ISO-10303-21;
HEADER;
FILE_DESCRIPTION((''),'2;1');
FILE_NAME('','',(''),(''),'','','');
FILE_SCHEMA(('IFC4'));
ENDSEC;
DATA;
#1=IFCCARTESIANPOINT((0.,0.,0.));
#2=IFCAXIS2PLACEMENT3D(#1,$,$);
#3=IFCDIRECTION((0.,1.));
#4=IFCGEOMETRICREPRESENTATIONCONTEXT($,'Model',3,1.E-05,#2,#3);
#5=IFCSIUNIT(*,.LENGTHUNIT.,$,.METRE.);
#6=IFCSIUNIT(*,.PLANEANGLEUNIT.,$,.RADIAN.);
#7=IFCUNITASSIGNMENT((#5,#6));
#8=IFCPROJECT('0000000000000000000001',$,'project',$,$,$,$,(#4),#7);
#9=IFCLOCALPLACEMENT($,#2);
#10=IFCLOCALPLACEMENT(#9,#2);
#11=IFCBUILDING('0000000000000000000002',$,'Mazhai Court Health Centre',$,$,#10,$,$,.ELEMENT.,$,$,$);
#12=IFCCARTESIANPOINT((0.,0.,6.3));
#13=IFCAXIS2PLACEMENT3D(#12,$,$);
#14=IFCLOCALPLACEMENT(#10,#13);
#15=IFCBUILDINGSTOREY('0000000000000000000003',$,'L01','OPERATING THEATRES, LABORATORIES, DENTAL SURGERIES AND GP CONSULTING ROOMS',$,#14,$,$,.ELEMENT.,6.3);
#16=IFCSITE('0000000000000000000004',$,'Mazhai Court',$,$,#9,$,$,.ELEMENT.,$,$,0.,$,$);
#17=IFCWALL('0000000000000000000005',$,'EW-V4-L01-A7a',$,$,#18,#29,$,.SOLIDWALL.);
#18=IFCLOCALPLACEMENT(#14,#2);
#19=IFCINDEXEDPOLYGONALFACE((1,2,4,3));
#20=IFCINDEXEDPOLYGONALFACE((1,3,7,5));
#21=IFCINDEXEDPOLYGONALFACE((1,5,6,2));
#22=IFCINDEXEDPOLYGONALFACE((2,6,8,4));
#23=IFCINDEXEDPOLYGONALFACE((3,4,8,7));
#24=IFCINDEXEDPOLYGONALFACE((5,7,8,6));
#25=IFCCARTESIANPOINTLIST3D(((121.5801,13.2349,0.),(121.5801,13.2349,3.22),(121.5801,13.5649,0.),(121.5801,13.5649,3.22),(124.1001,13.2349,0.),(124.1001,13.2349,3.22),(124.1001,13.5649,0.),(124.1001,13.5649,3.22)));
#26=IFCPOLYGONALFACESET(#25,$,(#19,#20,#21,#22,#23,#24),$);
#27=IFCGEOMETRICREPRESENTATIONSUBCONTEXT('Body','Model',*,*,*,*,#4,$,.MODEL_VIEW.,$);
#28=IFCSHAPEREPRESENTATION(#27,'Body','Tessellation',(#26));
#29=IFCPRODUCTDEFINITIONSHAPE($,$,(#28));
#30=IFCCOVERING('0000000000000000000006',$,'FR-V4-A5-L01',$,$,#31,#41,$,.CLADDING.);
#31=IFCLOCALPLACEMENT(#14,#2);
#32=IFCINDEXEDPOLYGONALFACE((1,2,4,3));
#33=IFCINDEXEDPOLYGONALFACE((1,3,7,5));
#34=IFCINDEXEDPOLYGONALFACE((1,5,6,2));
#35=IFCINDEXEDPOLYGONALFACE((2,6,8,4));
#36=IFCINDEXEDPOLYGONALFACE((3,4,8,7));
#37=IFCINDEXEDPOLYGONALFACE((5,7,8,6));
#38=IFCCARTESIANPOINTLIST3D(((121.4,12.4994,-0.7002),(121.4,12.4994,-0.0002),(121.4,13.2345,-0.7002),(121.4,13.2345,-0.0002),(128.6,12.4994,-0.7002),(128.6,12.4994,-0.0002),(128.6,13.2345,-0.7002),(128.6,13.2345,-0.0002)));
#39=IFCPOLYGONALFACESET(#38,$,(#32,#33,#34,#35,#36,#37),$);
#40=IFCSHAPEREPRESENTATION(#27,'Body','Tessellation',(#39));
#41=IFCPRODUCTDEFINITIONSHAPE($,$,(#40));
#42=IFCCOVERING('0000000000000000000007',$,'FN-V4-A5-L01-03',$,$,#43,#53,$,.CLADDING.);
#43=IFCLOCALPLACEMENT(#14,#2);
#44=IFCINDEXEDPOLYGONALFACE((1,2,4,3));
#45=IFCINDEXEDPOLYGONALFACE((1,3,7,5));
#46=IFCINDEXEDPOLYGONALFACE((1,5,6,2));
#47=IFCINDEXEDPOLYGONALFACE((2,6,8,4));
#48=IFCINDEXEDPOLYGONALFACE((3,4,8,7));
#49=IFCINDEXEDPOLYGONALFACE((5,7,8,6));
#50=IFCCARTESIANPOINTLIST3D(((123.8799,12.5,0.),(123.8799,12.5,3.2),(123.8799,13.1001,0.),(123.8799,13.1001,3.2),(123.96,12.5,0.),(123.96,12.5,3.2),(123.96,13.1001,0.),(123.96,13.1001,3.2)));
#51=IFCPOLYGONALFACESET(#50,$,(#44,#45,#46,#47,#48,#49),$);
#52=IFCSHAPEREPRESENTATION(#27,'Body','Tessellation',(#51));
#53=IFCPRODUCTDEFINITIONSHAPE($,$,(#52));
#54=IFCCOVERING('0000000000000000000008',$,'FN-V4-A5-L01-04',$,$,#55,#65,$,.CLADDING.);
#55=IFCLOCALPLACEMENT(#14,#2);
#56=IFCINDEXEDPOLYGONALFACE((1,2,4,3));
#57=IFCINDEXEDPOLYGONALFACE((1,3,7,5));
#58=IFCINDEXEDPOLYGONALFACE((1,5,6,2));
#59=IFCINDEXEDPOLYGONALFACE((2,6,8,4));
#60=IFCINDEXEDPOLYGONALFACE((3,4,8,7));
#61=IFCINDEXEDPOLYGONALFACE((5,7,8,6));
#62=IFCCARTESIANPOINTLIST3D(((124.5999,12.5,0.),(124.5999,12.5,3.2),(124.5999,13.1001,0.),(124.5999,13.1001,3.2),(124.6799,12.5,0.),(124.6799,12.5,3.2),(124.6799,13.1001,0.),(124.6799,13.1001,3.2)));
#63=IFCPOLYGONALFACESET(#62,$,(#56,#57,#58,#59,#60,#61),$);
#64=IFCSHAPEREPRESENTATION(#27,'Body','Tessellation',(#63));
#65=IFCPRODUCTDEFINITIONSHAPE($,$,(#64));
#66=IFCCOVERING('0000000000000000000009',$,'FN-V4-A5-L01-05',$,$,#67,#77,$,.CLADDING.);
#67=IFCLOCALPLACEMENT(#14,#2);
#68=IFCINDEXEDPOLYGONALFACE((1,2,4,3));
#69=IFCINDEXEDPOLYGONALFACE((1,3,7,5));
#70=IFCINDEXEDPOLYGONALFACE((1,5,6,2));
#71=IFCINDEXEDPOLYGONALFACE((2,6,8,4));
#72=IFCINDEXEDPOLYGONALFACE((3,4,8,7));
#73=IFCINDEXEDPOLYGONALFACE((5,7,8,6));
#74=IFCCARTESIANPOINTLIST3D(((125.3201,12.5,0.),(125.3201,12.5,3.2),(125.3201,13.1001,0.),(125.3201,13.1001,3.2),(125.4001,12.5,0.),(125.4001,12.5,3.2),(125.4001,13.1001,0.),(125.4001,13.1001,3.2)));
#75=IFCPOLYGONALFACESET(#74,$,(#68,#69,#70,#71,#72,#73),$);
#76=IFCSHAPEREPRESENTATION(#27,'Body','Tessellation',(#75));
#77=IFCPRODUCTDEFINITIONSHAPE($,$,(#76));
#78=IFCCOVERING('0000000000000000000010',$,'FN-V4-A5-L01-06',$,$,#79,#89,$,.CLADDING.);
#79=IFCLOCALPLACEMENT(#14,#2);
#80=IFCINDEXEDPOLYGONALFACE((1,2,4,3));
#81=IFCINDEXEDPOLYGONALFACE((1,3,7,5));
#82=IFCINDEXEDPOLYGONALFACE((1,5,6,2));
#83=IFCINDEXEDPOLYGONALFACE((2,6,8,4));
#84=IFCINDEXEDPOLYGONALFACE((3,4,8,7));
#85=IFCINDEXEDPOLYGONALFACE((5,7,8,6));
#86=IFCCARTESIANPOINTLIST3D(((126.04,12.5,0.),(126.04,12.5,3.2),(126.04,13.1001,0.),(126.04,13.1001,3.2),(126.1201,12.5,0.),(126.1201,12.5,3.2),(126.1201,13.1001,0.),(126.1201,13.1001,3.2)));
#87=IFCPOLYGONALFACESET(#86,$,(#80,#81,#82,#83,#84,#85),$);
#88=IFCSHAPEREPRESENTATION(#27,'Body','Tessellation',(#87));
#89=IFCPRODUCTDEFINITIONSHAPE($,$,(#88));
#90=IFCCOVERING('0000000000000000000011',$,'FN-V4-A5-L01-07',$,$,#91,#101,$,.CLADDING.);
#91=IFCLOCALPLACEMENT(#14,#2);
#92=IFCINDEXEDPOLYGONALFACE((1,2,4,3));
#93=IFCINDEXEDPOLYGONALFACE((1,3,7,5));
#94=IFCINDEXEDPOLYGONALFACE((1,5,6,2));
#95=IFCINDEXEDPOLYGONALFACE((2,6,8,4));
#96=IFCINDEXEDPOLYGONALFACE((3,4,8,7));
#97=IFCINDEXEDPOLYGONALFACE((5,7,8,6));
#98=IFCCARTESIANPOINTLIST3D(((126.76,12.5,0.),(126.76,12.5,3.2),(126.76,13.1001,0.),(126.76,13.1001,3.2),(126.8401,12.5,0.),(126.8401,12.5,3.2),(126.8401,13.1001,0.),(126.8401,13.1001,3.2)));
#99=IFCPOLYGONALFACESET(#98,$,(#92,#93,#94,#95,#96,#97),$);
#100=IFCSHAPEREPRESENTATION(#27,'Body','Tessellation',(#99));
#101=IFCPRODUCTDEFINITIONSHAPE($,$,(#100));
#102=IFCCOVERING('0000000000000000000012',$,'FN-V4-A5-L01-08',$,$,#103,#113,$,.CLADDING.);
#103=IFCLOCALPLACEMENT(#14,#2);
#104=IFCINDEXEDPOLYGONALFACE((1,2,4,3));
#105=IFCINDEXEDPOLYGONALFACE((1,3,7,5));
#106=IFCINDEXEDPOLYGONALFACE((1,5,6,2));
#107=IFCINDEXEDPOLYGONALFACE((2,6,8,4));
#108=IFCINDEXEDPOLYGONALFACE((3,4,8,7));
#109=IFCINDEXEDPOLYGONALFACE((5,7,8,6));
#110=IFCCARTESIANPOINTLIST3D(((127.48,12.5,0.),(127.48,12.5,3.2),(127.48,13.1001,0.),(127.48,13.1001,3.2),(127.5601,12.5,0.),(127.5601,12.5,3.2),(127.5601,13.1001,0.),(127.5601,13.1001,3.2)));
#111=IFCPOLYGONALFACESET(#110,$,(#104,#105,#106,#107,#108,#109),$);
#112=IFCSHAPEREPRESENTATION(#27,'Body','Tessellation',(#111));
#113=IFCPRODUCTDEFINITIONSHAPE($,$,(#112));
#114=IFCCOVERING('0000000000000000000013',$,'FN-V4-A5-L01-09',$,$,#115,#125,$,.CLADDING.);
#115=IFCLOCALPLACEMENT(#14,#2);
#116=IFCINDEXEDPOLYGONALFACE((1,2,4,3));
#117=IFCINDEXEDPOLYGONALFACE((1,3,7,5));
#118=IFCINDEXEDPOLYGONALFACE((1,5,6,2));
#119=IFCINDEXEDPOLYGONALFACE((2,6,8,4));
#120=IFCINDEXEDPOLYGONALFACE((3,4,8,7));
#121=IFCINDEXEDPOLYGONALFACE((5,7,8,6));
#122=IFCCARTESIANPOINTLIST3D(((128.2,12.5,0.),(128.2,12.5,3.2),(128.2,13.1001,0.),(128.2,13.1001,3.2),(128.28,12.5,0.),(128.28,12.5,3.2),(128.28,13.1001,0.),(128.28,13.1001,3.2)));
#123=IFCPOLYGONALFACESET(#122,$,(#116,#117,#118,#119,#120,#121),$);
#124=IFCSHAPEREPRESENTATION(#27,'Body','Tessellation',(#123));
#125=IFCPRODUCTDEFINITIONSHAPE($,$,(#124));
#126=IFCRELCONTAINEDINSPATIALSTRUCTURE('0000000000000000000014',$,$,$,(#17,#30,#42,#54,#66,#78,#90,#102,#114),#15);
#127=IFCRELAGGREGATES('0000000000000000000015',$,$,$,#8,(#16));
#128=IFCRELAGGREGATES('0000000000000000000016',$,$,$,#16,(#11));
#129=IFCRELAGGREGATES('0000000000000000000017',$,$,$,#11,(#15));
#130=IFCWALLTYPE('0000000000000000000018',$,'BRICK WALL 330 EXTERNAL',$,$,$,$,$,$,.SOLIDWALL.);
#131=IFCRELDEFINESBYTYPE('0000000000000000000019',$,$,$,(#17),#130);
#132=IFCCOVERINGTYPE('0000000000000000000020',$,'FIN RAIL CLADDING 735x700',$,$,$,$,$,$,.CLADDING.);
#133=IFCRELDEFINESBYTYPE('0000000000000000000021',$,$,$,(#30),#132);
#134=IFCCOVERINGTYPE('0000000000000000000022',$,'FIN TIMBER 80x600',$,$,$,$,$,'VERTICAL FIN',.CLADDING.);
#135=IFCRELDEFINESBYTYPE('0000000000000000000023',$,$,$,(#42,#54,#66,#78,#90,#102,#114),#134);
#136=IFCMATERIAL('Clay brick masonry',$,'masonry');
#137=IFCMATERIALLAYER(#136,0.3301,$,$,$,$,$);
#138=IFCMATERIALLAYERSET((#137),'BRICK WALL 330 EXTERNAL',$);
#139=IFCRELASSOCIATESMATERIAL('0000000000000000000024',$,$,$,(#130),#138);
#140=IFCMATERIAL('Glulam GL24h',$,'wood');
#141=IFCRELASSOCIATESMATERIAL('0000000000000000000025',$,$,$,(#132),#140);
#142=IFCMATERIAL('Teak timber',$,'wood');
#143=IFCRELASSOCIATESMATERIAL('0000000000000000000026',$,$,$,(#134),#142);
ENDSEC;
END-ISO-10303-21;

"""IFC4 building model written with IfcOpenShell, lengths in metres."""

from ifc_helpers import new_model, si_unit, direction, frame, frame_2d, origin, origin_2d, place, context, subcontext, project, spatial, rectangle, extrude, material, layer, layer_set, type_object, element, save


model = new_model("IFC4")

# Units and contexts
model_context = context("Model", 3, precision=1e-05, world=origin(), true_north=direction((0.0, 1.0)))
body_context = subcontext(model_context, "Body", "Model", "MODEL_VIEW")
ifc_project = project(units=[si_unit("LENGTHUNIT", "METRE"), si_unit("PLANEANGLEUNIT", "RADIAN")], contexts=[model_context])

# Site, building, storey
site_placement = place(None, origin())
site = spatial("IfcSite", under=ifc_project, at=site_placement, Name="Mazhai Court", CompositionType="ELEMENT", RefElevation=0.0)
building_placement = place(site_placement, origin())
building = spatial("IfcBuilding", under=site, at=building_placement, Name="Mazhai Court Health Centre", CompositionType="ELEMENT")
storey_placement = place(building_placement, frame((0.0, 0.0, 6.3)))
storey = spatial("IfcBuildingStorey", under=building, at=storey_placement, Name="L01", Description="OPERATING THEATRES, LABORATORIES, DENTAL SURGERIES AND GP CONSULTING ROOMS", CompositionType="ELEMENT", Elevation=6.3)

# Wall
ifc_material_1 = material(Name="Clay brick masonry", Category="masonry")
ifc_layer_1 = layer(ifc_material_1, 0.3301)
ifc_layer_set_1 = layer_set([ifc_layer_1], Name="BRICK WALL 330 EXTERNAL")
wall_type = type_object("IfcWallType", Name="BRICK WALL 330 EXTERNAL", PredefinedType="SOLIDWALL", material=ifc_layer_set_1)
wall_placement = place(storey_placement, frame((124.1001, 13.3999, 0.0), z_axis=(0.0, 0.0, 1.0), x_axis=(-1.0, 0.0, 0.0)))
element("IfcWall", 1, at=wall_placement, inside=storey, type_object=wall_type, Name="EW-V4-L01-A7a", PredefinedType="SOLIDWALL", context=body_context, shape_type="SweptSolid", body=[
    extrude(rectangle(XDim=2.52, YDim=0.3301, at=frame_2d((1.26, 0.0))), origin(), (0.0, 0.0, 1.0), 3.22),
])

# Coverings
ifc_material_2 = material(Name="Glulam GL24h", Category="wood")
covering_type_1 = type_object("IfcCoveringType", Name="FIN RAIL CLADDING 735x700", PredefinedType="CLADDING", material=ifc_material_2)
covering_placement = place(storey_placement, frame((125.0, 12.8669, -0.7002), z_axis=(0.0, 0.0, 1.0), x_axis=(1.0, 0.0, 0.0)))
element("IfcCovering", 2, at=covering_placement, inside=storey, type_object=covering_type_1, Name="FR-V4-A5-L01", PredefinedType="CLADDING", context=body_context, shape_type="SweptSolid", body=[
    extrude(rectangle(XDim=7.2, YDim=0.7351, at=origin_2d()), origin(), (0.0, 0.0, 1.0), 0.7),
])
ifc_material_3 = material(Name="Teak timber", Category="wood")
covering_type_2 = type_object("IfcCoveringType", Name="FIN TIMBER 80x600", ElementType="VERTICAL FIN", PredefinedType="CLADDING", material=ifc_material_3)
for number, where, z_axis, x_axis, name in (
    (3, (123.9199, 12.8, 0.0), (0.0, 0.0, 1.0), (1.0, 0.0, 0.0), "FN-V4-A5-L01-03"),
    (4, (124.6399, 12.8, 0.0), (0.0, 0.0, 1.0), (1.0, 0.0, 0.0), "FN-V4-A5-L01-04"),
    (5, (125.3601, 12.8, 0.0), (0.0, 0.0, 1.0), (1.0, 0.0, 0.0), "FN-V4-A5-L01-05"),
    (6, (126.0801, 12.8, 0.0), (0.0, 0.0, 1.0), (1.0, 0.0, 0.0), "FN-V4-A5-L01-06"),
    (7, (126.8, 12.8, 0.0), (0.0, 0.0, 1.0), (1.0, 0.0, 0.0), "FN-V4-A5-L01-07"),
    (8, (127.52, 12.8, 0.0), (0.0, 0.0, 1.0), (1.0, 0.0, 0.0), "FN-V4-A5-L01-08"),
    (9, (128.24, 12.8, 0.0), (0.0, 0.0, 1.0), (1.0, 0.0, 0.0), "FN-V4-A5-L01-09"),
):
    element("IfcCovering", number, at=place(storey_placement, frame(where, z_axis=z_axis, x_axis=x_axis)), inside=storey, type_object=covering_type_2, Name=name, PredefinedType="CLADDING", context=body_context, shape_type="SweptSolid", body=[
        extrude(rectangle(XDim=0.0801, YDim=0.6001, at=origin_2d()), origin(), (0.0, 0.0, 1.0), 3.2),
    ])

save(model, "model.ifc")
